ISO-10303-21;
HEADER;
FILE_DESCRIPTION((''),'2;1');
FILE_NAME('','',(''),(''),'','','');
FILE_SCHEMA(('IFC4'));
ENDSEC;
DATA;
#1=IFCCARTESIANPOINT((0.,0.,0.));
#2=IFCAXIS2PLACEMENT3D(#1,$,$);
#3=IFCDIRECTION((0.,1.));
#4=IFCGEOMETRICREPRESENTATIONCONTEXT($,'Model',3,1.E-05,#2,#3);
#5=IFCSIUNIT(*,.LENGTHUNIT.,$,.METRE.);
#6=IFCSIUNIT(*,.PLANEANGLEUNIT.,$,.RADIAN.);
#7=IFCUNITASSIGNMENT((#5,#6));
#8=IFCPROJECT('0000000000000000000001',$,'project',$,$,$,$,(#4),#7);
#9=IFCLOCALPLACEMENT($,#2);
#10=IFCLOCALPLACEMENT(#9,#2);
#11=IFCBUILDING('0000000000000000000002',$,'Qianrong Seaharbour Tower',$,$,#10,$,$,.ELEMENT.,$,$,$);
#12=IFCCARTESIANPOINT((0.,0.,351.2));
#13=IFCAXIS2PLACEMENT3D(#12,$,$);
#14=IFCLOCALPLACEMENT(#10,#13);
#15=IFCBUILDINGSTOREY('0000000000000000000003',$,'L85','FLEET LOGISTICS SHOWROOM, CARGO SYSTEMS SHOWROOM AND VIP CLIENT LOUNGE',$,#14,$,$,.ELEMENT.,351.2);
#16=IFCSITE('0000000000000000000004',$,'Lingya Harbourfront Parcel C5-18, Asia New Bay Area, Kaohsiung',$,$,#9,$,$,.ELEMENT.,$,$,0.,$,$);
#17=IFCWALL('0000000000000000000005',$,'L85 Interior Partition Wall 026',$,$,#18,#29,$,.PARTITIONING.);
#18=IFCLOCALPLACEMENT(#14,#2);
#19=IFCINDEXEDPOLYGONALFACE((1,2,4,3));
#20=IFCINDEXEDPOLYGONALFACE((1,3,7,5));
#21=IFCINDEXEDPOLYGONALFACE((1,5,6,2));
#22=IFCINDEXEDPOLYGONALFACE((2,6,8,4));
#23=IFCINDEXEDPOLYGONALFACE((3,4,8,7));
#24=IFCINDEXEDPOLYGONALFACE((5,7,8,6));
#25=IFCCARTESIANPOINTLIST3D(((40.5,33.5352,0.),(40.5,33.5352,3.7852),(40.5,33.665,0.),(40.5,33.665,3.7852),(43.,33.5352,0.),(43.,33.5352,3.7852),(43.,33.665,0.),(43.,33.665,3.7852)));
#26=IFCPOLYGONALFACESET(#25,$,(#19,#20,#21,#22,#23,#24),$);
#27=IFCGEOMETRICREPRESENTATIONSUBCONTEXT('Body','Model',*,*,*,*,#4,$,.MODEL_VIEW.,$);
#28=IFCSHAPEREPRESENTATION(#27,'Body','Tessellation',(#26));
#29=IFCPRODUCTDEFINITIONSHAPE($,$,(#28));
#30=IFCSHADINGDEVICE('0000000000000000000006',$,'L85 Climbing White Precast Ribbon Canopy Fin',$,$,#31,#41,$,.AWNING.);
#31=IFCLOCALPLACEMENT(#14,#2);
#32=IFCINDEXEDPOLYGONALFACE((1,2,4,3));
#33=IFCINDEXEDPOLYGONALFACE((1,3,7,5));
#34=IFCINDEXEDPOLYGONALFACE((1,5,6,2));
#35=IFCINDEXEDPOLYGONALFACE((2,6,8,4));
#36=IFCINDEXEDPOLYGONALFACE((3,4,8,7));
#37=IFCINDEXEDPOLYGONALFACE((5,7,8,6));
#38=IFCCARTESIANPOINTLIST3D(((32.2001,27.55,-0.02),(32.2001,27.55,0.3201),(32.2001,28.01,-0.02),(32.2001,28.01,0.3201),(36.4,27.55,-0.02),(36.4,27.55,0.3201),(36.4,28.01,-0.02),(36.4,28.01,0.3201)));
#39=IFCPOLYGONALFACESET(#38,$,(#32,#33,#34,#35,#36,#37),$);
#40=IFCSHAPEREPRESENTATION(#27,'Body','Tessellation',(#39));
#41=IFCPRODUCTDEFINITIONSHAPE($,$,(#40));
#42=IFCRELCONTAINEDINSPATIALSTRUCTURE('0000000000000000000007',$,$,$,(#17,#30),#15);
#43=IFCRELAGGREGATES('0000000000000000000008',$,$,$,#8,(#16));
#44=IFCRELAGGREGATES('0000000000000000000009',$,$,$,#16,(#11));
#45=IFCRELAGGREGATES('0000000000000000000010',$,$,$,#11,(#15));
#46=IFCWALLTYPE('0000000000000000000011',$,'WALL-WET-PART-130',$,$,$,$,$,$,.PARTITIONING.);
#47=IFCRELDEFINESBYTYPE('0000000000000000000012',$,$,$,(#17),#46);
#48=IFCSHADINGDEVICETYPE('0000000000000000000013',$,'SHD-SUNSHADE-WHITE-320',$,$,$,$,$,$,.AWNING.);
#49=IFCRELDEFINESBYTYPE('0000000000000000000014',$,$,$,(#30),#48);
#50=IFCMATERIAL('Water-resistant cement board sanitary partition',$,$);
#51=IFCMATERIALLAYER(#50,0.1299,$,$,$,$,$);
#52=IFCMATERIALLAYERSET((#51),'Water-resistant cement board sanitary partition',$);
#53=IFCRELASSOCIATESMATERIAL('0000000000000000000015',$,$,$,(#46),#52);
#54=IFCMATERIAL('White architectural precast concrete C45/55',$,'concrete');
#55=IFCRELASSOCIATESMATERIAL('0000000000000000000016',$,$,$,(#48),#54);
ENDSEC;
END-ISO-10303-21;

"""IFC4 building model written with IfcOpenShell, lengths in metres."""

from ifc_helpers import new_model, si_unit, direction, frame, frame_2d, origin, origin_2d, place, context, subcontext, project, spatial, rectangle, extrude, material, layer, layer_set, type_object, element, save


model = new_model("IFC4")

# Units and contexts
model_context = context("Model", 3, precision=1e-05, world=origin(), true_north=direction((0.0, 1.0)))
body_context = subcontext(model_context, "Body", "Model", "MODEL_VIEW")
ifc_project = project(units=[si_unit("LENGTHUNIT", "METRE"), si_unit("PLANEANGLEUNIT", "RADIAN")], contexts=[model_context])

# Site, building, storey
site_placement = place(None, origin())
site = spatial("IfcSite", under=ifc_project, at=site_placement, Name="Lingya Harbourfront Parcel C5-18, Asia New Bay Area, Kaohsiung", CompositionType="ELEMENT", RefElevation=0.0)
building_placement = place(site_placement, origin())
building = spatial("IfcBuilding", under=site, at=building_placement, Name="Qianrong Seaharbour Tower", CompositionType="ELEMENT")
storey_placement = place(building_placement, frame((0.0, 0.0, 351.2)))
storey = spatial("IfcBuildingStorey", under=building, at=storey_placement, Name="L85", Description="FLEET LOGISTICS SHOWROOM, CARGO SYSTEMS SHOWROOM AND VIP CLIENT LOUNGE", CompositionType="ELEMENT", Elevation=351.2)

# Wall
ifc_material_1 = material(Name="Water-resistant cement board sanitary partition")
ifc_layer_1 = layer(ifc_material_1, 0.1299)
ifc_layer_set_1 = layer_set([ifc_layer_1], Name="Water-resistant cement board sanitary partition")
wall_type_1 = type_object("IfcWallType", Name="WALL-WET-PART-130", PredefinedType="PARTITIONING", material=ifc_layer_set_1)
wall_1_placement = place(storey_placement, frame((43.0, 33.6001, 0.0), z_axis=(0.0, 0.0, 1.0), x_axis=(-1.0, 0.0, 0.0)))
element("IfcWall", 1, at=wall_1_placement, inside=storey, type_object=wall_type_1, Name="L85 Interior Partition Wall 026", PredefinedType="PARTITIONING", context=body_context, shape_type="SweptSolid", body=[
    extrude(rectangle(XDim=2.5, YDim=0.1299, at=frame_2d((1.25, 0.0))), origin(), (0.0, 0.0, 1.0), 3.7852),
])

# Shading device
ifc_material_2 = material(Name="White architectural precast concrete C45/55", Category="concrete")
shading_device_type = type_object("IfcShadingDeviceType", Name="SHD-SUNSHADE-WHITE-320", PredefinedType="AWNING", material=ifc_material_2)
shading_device_placement = place(storey_placement, frame((34.3, 27.78, -0.02), z_axis=(0.0, 0.0, 1.0), x_axis=(1.0, 0.0, 0.0)))
element("IfcShadingDevice", 2, at=shading_device_placement, inside=storey, type_object=shading_device_type, Name="L85 Climbing White Precast Ribbon Canopy Fin", PredefinedType="AWNING", context=body_context, shape_type="SweptSolid", body=[
    extrude(rectangle(XDim=4.2, YDim=0.46, at=origin_2d()), origin(), (0.0, 0.0, 1.0), 0.3401),
])

save(model, "model.ifc")
